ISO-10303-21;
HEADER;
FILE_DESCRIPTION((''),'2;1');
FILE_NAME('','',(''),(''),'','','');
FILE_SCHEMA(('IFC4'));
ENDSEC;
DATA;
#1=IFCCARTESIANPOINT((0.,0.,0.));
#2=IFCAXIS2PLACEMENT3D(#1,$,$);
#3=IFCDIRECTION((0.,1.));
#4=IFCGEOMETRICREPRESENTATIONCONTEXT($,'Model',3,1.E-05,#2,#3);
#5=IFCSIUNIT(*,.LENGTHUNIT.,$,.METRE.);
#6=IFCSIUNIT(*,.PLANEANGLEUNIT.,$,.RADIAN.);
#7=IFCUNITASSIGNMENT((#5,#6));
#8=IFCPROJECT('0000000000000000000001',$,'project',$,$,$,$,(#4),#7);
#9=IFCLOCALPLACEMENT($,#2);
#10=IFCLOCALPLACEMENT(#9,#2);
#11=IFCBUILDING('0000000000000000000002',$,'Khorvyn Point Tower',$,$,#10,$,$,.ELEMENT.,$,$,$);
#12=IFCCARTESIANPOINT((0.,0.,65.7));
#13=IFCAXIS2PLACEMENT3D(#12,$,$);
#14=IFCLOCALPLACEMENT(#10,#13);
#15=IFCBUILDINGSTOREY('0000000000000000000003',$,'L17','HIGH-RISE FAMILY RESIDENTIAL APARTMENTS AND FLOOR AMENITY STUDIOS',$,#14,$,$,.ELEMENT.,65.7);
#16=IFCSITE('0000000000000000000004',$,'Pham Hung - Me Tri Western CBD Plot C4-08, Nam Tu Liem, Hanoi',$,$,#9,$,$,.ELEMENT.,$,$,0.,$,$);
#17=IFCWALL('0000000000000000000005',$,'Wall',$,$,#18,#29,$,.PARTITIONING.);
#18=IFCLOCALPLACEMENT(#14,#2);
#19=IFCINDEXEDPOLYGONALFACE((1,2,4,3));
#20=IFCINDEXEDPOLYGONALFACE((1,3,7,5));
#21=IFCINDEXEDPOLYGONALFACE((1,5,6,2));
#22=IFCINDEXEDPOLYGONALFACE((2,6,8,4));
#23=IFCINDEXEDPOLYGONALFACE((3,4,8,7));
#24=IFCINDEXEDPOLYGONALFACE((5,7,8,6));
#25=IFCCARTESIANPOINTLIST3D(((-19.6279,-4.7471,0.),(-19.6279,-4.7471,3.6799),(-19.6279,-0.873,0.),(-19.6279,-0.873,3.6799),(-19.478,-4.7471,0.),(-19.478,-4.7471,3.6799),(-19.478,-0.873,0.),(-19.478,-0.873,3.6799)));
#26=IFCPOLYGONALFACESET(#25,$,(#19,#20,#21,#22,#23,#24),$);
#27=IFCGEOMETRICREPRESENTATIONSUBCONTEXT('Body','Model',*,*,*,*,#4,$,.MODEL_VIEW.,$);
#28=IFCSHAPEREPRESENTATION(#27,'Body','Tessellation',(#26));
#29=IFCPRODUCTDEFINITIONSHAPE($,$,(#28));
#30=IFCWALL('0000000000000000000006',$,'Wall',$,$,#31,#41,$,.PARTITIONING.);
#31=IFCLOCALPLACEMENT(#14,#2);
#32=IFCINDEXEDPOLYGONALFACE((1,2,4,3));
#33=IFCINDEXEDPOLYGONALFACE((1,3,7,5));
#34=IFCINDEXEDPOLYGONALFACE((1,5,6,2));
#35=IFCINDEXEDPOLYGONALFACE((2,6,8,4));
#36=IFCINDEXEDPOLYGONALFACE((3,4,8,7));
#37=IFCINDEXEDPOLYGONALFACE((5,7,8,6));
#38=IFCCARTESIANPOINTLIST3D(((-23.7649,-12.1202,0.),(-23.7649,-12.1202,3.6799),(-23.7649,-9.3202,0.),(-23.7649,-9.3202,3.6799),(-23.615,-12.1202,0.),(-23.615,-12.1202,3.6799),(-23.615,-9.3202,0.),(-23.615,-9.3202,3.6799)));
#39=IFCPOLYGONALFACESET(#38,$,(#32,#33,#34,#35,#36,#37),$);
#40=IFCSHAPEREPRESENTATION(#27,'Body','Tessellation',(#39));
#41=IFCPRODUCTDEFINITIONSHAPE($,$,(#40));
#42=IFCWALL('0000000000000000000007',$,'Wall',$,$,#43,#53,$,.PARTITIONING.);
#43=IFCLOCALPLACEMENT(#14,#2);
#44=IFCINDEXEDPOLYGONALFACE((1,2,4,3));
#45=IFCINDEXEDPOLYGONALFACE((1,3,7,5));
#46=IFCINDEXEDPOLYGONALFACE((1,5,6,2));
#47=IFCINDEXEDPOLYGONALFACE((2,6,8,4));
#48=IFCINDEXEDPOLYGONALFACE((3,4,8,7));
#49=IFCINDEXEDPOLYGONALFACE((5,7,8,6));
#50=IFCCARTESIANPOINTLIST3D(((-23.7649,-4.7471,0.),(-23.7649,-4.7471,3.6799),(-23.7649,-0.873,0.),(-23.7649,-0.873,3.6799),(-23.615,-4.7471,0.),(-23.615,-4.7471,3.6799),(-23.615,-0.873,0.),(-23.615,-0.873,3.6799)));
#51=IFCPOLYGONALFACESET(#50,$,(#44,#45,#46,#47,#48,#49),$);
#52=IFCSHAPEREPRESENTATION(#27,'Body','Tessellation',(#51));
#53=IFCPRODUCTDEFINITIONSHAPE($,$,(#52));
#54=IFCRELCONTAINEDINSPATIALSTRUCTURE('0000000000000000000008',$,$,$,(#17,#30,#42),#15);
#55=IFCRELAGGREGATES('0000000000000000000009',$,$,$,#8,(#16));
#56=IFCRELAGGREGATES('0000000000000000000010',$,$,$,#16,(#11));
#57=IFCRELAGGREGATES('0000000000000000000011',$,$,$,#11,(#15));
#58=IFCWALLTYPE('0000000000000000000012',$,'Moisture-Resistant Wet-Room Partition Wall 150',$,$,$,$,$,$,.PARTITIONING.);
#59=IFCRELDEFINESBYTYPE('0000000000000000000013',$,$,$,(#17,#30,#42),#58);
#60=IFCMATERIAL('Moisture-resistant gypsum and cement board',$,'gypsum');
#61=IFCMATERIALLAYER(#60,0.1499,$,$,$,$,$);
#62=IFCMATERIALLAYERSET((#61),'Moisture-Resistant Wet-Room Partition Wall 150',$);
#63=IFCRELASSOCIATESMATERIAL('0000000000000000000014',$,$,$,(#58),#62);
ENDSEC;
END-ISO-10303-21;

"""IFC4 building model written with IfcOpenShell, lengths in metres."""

from ifc_helpers import new_model, si_unit, direction, frame, frame_2d, origin, place, context, subcontext, project, spatial, rectangle, extrude, material, layer, layer_set, type_object, element, save


model = new_model("IFC4")

# Units and contexts
model_context = context("Model", 3, precision=1e-05, world=origin(), true_north=direction((0.0, 1.0)))
body_context = subcontext(model_context, "Body", "Model", "MODEL_VIEW")
ifc_project = project(units=[si_unit("LENGTHUNIT", "METRE"), si_unit("PLANEANGLEUNIT", "RADIAN")], contexts=[model_context])

# Site, building, storey
site_placement = place(None, origin())
site = spatial("IfcSite", under=ifc_project, at=site_placement, Name="Pham Hung - Me Tri Western CBD Plot C4-08, Nam Tu Liem, Hanoi", CompositionType="ELEMENT", RefElevation=0.0)
building_placement = place(site_placement, origin())
building = spatial("IfcBuilding", under=site, at=building_placement, Name="Khorvyn Point Tower", CompositionType="ELEMENT")
storey_placement = place(building_placement, frame((0.0, 0.0, 65.7)))
storey = spatial("IfcBuildingStorey", under=building, at=storey_placement, Name="L17", Description="HIGH-RISE FAMILY RESIDENTIAL APARTMENTS AND FLOOR AMENITY STUDIOS", CompositionType="ELEMENT", Elevation=65.7)

# Shared definitions
ifc_material_1 = material(Name="Moisture-resistant gypsum and cement board", Category="gypsum")
ifc_layer_1 = layer(ifc_material_1, 0.1499)
ifc_layer_set_1 = layer_set([ifc_layer_1], Name="Moisture-Resistant Wet-Room Partition Wall 150")
wall_type_1 = type_object("IfcWallType", Name="Moisture-Resistant Wet-Room Partition Wall 150", PredefinedType="PARTITIONING", material=ifc_layer_set_1)

# Walls
wall_1_placement = place(storey_placement, frame((-19.553, -4.7471, 0.0), z_axis=(0.0, 0.0, 1.0), x_axis=(0.0, 1.0, 0.0)))
element("IfcWall", 1, at=wall_1_placement, inside=storey, type_object=wall_type_1, Name="Wall", PredefinedType="PARTITIONING", context=body_context, shape_type="SweptSolid", body=[
    extrude(rectangle(XDim=3.874, YDim=0.1499, at=frame_2d((1.937, 0.0))), origin(), (0.0, 0.0, 1.0), 3.6799),
])
wall_2_placement = place(storey_placement, frame((-23.6899, -12.1201, 0.0), z_axis=(0.0, 0.0, 1.0), x_axis=(0.0, 1.0, 0.0)))
element("IfcWall", 2, at=wall_2_placement, inside=storey, type_object=wall_type_1, Name="Wall", PredefinedType="PARTITIONING", context=body_context, shape_type="SweptSolid", body=[
    extrude(rectangle(XDim=2.8, YDim=0.1499, at=frame_2d((1.3999, 0.0))), origin(), (0.0, 0.0, 1.0), 3.6799),
])
wall_3_placement = place(storey_placement, frame((-23.6899, -4.7471, 0.0), z_axis=(0.0, 0.0, 1.0), x_axis=(0.0, 1.0, 0.0)))
element("IfcWall", 3, at=wall_3_placement, inside=storey, type_object=wall_type_1, Name="Wall", PredefinedType="PARTITIONING", context=body_context, shape_type="SweptSolid", body=[
    extrude(rectangle(XDim=3.874, YDim=0.1499, at=frame_2d((1.937, 0.0))), origin(), (0.0, 0.0, 1.0), 3.6799),
])

save(model, "model.ifc")
